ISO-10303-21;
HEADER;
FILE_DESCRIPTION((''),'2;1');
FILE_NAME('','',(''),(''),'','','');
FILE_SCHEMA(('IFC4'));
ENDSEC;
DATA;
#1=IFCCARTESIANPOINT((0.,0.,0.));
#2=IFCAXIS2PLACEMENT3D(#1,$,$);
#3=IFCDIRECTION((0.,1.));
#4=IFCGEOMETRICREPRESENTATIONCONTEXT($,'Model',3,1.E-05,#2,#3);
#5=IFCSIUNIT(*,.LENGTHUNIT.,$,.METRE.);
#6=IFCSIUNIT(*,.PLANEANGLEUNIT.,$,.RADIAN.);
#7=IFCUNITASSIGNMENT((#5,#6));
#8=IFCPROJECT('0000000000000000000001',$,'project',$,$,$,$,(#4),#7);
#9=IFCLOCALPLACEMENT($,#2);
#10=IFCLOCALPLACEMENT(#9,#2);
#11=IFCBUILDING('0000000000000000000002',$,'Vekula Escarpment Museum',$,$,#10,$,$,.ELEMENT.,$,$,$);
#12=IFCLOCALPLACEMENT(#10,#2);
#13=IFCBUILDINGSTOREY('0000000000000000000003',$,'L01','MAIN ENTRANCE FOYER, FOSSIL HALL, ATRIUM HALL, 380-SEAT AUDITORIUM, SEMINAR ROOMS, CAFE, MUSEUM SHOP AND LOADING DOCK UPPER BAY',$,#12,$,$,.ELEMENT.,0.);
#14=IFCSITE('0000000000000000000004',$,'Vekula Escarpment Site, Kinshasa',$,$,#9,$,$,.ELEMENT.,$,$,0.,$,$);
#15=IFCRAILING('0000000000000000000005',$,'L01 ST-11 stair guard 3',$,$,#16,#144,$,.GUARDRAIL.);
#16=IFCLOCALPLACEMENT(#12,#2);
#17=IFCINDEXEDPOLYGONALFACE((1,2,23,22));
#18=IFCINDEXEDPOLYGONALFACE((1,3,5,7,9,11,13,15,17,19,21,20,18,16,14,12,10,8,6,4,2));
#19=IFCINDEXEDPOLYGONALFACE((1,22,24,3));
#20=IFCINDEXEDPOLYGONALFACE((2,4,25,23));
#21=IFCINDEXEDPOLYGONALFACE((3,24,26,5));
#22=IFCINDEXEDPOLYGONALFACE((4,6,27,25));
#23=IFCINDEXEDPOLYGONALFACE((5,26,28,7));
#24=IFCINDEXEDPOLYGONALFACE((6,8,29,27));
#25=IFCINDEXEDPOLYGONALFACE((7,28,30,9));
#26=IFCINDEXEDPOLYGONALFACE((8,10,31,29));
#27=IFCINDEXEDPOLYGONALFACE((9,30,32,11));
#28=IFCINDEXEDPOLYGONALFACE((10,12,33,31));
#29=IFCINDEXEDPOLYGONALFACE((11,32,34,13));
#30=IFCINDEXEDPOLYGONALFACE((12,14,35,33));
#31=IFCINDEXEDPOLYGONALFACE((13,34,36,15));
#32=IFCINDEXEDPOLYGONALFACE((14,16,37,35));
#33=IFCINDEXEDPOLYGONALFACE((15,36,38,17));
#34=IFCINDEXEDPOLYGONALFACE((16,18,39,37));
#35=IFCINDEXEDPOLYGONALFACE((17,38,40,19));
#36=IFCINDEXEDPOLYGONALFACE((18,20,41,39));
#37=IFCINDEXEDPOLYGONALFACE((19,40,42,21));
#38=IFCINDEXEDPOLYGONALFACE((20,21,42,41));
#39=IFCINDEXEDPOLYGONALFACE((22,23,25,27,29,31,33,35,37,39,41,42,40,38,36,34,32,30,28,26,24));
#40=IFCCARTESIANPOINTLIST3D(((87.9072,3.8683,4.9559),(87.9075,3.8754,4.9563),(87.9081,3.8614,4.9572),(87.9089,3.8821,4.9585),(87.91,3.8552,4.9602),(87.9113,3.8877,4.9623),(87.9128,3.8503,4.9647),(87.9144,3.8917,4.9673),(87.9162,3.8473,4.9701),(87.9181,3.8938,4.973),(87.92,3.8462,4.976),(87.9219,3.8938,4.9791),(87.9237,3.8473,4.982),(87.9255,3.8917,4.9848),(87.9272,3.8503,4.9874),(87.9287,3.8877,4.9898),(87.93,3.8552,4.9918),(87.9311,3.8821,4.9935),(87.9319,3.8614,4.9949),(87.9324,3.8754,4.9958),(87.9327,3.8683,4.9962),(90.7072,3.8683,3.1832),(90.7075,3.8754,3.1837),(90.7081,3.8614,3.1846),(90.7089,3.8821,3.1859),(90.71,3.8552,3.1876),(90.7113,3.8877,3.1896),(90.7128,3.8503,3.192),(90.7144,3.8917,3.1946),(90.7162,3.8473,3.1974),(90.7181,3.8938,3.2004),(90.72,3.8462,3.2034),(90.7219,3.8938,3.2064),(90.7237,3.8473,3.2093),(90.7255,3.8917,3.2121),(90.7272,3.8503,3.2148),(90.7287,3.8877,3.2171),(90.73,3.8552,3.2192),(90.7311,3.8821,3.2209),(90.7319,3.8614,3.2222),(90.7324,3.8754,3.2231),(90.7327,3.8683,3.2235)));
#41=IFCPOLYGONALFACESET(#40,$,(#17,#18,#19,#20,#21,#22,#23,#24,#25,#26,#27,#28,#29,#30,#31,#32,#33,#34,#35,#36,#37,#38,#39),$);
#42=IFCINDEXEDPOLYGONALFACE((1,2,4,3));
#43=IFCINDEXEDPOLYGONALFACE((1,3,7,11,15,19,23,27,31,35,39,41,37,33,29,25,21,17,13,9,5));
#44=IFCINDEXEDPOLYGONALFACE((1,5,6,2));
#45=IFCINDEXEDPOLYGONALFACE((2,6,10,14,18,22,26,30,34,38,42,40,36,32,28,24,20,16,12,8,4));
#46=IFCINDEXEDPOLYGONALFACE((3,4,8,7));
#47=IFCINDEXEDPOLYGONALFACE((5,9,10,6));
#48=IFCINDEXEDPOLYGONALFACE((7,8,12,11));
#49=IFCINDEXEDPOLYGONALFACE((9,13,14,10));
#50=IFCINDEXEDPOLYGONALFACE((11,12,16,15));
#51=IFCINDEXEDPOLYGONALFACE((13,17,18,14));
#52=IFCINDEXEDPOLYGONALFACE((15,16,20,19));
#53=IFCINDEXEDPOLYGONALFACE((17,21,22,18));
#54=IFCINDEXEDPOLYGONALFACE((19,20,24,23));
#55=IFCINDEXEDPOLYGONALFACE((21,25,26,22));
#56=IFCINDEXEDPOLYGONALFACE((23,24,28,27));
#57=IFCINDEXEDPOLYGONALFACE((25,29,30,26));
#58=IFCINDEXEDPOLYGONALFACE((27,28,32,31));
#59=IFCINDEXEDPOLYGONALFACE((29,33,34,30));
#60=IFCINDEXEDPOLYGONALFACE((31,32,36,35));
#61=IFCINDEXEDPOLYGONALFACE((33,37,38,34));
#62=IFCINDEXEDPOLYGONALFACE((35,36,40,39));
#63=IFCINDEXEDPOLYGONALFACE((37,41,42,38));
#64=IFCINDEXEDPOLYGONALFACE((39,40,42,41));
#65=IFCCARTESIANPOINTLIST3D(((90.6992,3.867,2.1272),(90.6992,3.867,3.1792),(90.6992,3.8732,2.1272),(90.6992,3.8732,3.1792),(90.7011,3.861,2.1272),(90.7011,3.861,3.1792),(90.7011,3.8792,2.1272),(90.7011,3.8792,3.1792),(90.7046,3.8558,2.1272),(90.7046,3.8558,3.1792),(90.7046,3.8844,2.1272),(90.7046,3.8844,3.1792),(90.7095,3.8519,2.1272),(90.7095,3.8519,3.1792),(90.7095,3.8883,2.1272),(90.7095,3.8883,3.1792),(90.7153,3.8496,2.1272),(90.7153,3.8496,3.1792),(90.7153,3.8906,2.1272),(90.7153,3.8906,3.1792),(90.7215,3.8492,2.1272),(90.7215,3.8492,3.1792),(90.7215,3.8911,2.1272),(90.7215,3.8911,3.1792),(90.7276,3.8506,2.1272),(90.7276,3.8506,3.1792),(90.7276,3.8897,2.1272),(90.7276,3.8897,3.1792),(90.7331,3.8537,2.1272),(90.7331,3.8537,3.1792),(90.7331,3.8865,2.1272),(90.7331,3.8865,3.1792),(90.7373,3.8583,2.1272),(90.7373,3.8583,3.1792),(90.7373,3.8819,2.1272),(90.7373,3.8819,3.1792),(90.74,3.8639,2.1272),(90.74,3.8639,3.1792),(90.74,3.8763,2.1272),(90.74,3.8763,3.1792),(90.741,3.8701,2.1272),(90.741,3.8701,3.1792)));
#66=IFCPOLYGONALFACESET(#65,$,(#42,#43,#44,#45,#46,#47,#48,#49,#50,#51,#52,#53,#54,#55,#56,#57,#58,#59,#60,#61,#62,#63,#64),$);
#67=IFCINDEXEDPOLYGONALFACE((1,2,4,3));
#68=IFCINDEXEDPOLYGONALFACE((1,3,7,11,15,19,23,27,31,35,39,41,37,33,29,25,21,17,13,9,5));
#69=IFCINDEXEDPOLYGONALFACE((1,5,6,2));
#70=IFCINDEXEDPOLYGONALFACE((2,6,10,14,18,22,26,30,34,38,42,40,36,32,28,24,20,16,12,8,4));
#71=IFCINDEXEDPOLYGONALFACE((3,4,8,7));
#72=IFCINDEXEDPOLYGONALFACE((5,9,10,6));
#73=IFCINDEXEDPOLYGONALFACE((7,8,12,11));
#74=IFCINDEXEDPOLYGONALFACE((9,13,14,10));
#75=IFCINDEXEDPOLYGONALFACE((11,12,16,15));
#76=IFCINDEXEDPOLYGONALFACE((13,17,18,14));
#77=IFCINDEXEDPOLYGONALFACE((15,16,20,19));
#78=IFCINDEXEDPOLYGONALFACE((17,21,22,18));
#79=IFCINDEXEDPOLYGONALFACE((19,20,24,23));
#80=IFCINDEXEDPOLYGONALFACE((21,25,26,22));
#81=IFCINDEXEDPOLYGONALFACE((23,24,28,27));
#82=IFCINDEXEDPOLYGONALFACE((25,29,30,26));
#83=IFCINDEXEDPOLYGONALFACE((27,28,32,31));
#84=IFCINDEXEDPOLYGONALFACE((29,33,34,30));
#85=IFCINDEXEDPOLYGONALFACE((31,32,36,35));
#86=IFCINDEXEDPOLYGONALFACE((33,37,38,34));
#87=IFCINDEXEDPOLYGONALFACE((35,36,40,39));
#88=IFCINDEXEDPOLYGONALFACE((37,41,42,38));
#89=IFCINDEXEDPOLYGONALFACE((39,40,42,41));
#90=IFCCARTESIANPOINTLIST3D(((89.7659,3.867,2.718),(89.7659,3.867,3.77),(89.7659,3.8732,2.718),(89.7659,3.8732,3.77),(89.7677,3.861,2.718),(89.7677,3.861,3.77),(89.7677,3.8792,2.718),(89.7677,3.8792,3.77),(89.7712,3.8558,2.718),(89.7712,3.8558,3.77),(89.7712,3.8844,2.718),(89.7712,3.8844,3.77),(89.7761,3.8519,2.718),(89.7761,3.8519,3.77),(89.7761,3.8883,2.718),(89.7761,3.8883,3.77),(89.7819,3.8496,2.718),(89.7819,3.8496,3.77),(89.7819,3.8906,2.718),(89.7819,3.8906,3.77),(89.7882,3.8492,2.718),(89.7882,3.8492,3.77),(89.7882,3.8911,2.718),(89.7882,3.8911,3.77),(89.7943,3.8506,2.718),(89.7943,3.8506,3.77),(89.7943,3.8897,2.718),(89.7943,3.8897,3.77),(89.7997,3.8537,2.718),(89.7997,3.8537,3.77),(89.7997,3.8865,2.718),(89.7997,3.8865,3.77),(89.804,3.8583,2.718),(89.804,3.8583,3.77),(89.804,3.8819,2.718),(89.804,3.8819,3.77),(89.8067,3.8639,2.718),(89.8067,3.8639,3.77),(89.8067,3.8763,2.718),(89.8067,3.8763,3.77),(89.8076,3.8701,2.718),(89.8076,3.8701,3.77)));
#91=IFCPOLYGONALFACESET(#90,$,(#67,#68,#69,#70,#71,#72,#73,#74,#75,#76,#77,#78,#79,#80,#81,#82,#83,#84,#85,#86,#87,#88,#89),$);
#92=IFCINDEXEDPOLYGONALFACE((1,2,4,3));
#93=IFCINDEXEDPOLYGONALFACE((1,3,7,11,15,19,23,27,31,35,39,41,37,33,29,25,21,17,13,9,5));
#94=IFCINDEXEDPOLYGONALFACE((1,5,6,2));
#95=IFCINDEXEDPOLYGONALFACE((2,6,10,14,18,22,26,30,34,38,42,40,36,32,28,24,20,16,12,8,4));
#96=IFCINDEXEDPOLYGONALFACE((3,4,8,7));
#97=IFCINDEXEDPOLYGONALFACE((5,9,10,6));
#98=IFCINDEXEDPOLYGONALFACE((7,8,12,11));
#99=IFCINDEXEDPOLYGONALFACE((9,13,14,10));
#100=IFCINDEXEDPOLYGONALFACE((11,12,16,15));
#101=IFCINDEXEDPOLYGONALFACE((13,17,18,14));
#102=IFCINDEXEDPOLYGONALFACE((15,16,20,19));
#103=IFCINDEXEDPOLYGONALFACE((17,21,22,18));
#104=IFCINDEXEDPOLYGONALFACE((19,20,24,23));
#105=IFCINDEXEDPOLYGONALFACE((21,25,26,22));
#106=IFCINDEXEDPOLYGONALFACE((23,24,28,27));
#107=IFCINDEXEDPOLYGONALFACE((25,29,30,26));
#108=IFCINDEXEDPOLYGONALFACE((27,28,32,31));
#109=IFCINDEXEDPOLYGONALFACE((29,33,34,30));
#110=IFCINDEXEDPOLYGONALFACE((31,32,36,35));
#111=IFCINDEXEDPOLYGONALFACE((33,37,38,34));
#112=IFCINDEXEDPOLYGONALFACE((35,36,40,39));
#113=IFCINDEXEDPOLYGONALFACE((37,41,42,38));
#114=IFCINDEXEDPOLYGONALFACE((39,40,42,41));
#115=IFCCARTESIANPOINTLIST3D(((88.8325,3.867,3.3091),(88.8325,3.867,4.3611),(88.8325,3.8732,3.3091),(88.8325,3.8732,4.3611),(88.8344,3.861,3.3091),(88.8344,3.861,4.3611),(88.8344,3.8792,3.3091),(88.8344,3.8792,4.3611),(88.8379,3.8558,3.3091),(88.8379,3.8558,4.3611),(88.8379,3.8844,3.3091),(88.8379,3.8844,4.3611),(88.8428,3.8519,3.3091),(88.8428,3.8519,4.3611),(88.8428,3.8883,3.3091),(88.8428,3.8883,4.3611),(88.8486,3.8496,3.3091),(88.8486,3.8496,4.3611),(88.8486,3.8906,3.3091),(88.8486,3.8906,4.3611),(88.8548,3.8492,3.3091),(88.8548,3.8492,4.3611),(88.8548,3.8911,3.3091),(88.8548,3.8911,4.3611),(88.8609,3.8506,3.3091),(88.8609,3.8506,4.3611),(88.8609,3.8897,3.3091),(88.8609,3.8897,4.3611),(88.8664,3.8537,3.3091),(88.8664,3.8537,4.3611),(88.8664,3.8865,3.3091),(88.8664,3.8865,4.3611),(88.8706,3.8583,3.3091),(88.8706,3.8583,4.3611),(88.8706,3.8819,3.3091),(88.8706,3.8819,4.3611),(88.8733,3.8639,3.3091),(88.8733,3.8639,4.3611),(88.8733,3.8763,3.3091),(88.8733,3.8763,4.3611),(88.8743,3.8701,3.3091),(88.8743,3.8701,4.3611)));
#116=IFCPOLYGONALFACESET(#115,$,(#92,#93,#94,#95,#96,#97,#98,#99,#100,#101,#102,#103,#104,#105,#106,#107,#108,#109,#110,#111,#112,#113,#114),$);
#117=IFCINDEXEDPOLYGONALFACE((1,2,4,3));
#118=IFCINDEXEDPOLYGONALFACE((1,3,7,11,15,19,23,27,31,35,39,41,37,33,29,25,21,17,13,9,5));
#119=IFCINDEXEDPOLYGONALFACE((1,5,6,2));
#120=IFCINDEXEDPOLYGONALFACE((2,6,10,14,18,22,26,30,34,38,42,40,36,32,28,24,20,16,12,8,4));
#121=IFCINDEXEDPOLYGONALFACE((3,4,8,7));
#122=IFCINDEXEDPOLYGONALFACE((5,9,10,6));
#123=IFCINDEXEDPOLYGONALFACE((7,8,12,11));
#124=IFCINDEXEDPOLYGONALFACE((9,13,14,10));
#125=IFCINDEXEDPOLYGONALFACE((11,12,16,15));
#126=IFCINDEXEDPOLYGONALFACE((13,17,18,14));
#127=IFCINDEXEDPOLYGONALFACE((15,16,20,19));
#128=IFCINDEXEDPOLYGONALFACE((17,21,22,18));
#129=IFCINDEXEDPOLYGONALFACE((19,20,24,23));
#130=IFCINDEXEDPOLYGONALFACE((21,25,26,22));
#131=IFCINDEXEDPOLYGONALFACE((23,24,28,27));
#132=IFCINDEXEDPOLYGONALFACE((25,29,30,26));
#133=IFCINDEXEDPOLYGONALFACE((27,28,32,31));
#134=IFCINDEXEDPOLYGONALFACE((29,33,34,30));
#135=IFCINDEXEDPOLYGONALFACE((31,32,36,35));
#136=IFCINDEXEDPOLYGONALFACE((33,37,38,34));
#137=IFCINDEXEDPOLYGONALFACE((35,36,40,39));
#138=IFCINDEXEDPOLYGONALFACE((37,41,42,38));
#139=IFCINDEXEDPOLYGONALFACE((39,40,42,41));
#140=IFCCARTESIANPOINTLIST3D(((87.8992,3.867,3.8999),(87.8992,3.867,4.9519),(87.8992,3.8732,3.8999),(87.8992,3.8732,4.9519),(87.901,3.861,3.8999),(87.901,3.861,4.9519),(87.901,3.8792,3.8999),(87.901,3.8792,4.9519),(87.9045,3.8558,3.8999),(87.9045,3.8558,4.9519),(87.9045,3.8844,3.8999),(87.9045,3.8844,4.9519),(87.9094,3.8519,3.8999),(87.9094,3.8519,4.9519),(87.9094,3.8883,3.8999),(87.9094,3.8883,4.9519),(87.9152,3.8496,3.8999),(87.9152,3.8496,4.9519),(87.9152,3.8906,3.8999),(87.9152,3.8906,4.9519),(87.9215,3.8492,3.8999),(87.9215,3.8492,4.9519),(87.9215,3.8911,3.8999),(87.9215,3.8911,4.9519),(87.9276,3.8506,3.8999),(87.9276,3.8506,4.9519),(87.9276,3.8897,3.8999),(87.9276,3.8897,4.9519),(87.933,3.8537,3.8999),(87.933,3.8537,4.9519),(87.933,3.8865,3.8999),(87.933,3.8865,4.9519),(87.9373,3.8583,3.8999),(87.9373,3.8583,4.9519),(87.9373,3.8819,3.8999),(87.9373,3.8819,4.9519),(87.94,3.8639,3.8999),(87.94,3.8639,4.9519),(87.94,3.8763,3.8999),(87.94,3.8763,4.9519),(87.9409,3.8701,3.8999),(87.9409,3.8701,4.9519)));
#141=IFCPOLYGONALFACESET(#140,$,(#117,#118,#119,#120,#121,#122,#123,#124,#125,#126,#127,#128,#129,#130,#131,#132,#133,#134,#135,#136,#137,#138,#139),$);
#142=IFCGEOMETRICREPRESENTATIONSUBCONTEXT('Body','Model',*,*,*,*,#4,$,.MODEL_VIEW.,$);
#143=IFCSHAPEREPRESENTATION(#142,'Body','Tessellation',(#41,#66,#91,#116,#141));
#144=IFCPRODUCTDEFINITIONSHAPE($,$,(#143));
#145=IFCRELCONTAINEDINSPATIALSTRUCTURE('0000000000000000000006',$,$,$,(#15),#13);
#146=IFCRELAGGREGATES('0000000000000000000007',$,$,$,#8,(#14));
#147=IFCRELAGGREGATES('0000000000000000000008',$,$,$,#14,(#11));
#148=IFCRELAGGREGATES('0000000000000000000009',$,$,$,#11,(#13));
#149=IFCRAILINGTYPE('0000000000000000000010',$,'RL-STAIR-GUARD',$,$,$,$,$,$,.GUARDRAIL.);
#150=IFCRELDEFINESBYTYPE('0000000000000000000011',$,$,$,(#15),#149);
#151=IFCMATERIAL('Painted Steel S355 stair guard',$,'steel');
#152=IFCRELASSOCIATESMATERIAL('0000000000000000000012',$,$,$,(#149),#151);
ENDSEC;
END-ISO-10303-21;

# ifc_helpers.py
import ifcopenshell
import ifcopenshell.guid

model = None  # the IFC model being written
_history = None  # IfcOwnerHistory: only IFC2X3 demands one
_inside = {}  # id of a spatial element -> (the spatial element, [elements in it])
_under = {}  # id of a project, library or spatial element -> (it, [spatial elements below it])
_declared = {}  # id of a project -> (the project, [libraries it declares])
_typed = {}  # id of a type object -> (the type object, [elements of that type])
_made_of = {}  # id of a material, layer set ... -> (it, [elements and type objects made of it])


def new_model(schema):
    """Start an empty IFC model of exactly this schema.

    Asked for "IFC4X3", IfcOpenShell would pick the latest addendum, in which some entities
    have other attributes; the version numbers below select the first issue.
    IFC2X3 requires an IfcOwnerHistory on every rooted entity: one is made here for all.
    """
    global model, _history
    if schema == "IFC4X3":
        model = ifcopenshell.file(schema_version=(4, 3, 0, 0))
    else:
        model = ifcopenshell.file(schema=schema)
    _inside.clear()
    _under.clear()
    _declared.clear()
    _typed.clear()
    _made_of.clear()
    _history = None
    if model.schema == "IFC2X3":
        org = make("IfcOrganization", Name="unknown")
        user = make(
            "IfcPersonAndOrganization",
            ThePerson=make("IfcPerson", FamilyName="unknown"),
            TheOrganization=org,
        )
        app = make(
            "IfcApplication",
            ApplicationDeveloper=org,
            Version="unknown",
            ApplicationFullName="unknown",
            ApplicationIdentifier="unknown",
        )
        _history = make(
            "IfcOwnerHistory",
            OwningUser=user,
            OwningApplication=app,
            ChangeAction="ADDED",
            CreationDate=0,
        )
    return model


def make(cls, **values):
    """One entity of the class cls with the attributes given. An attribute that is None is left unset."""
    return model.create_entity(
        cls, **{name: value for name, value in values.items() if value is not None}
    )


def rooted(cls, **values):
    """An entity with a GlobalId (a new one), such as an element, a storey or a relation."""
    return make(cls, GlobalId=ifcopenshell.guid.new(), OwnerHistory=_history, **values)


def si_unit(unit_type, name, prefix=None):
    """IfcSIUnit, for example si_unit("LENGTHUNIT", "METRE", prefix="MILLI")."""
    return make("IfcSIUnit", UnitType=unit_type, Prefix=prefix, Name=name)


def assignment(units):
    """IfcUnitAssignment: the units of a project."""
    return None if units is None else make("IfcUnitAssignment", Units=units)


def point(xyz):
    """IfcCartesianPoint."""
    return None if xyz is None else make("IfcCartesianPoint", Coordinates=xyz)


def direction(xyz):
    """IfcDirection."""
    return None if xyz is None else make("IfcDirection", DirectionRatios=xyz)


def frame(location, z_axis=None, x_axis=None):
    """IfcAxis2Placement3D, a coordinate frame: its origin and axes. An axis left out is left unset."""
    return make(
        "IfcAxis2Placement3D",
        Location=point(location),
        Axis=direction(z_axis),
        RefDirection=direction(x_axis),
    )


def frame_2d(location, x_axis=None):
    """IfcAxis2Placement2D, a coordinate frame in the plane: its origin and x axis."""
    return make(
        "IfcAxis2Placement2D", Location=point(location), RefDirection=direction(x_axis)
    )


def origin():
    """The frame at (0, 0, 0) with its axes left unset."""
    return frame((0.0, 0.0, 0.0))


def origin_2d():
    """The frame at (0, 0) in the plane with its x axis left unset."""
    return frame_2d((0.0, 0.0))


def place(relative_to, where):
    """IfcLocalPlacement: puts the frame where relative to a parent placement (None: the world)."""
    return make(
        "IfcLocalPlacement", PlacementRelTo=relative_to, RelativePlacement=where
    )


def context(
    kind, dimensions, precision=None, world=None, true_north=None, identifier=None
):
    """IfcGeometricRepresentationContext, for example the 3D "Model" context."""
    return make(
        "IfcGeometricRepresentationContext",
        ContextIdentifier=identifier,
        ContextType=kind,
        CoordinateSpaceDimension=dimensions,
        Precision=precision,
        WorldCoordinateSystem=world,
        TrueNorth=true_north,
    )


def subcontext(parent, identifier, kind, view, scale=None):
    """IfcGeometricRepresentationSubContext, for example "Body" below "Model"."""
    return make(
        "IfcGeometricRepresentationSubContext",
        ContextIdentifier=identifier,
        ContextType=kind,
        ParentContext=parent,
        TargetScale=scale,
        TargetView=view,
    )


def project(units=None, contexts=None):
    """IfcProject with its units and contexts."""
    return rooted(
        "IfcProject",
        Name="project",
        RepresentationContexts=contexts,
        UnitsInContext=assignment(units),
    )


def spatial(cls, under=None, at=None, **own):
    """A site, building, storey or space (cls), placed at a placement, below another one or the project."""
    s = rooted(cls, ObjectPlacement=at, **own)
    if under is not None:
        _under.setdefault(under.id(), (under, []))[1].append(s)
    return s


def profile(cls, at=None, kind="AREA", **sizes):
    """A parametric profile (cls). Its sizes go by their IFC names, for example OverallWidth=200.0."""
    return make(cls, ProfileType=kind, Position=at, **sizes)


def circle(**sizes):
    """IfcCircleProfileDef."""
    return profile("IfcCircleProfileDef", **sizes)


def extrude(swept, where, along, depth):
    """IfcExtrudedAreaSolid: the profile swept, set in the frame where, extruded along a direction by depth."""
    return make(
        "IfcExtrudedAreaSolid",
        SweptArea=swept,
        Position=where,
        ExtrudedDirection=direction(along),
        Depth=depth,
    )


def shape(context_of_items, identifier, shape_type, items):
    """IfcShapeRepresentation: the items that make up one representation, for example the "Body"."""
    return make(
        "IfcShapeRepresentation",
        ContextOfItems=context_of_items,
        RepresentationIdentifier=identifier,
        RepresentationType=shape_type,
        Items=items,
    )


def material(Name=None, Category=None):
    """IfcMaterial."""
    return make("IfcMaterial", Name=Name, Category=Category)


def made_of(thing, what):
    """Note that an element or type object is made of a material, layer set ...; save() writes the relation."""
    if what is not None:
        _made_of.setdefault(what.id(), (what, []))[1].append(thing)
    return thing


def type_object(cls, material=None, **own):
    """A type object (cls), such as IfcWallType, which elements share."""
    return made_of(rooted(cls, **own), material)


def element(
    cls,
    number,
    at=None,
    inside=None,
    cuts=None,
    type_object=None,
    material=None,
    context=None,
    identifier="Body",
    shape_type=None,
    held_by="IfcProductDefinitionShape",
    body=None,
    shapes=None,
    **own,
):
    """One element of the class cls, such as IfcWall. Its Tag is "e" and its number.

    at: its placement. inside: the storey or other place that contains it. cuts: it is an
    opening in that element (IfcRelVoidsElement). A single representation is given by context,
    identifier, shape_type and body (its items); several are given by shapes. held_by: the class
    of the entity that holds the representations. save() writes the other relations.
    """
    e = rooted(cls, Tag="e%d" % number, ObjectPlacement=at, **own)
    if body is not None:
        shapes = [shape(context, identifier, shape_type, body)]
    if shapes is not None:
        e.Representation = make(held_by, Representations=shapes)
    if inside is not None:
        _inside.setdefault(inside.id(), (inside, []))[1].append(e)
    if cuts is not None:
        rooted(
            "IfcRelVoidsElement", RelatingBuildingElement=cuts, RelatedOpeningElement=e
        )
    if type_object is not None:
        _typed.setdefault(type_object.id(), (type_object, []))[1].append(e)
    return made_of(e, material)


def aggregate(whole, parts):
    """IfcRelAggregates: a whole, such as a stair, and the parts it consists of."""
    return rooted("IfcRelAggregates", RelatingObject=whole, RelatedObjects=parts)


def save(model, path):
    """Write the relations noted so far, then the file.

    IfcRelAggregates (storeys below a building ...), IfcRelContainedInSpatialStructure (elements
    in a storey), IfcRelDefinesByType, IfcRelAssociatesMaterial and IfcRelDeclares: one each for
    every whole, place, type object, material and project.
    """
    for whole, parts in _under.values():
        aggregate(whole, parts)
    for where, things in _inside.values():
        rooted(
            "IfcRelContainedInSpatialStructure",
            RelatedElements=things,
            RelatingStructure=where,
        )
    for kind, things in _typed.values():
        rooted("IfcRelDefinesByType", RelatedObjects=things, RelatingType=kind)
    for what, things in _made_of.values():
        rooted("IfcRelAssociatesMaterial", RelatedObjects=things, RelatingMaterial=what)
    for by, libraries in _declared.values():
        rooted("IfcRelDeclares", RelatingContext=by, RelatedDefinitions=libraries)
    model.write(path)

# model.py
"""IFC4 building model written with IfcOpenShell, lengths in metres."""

from ifc_helpers import new_model, si_unit, direction, frame, origin, origin_2d, place, context, subcontext, project, spatial, circle, extrude, material, type_object, element, save


model = new_model("IFC4")

# Units and contexts
model_context = context("Model", 3, precision=1e-05, world=origin(), true_north=direction((0.0, 1.0)))
body_context = subcontext(model_context, "Body", "Model", "MODEL_VIEW")
ifc_project = project(units=[si_unit("LENGTHUNIT", "METRE"), si_unit("PLANEANGLEUNIT", "RADIAN")], contexts=[model_context])

# Site, building, storey
site_placement = place(None, origin())
site = spatial("IfcSite", under=ifc_project, at=site_placement, Name="Vekula Escarpment Site, Kinshasa", CompositionType="ELEMENT", RefElevation=0.0)
building_placement = place(site_placement, origin())
building = spatial("IfcBuilding", under=site, at=building_placement, Name="Vekula Escarpment Museum", CompositionType="ELEMENT")
storey_placement = place(building_placement, origin())
storey = spatial("IfcBuildingStorey", under=building, at=storey_placement, Name="L01", Description="MAIN ENTRANCE FOYER, FOSSIL HALL, ATRIUM HALL, 380-SEAT AUDITORIUM, SEMINAR ROOMS, CAFE, MUSEUM SHOP AND LOADING DOCK UPPER BAY", CompositionType="ELEMENT", Elevation=0.0)

# Railing
ifc_material_1 = material(Name="Painted Steel S355 stair guard", Category="steel")
railing_type_1 = type_object("IfcRailingType", Name="RL-STAIR-GUARD", PredefinedType="GUARDRAIL", material=ifc_material_1)
railing_1_placement = place(storey_placement, frame((90.72, 3.8701, 2.1272)))
element("IfcRailing", 1, at=railing_1_placement, inside=storey, type_object=railing_type_1, Name="L01 ST-11 stair guard 3", PredefinedType="GUARDRAIL", context=body_context, shape_type="SweptSolid", body=[
    extrude(circle(Radius=0.0239, at=origin_2d()), frame((0.0, 0.0, 1.0762), z_axis=(-0.844909, 0.0, 0.53491), x_axis=(0.0, -1.0, 0.0)), (0.0, 0.0, 1.0), 3.314),
    extrude(circle(Radius=0.021, at=origin_2d()), origin(), (0.0, 0.0, 1.0), 1.052),
    extrude(circle(Radius=0.021, at=origin_2d()), frame((-0.9333, 0.0, 0.5908)), (0.0, 0.0, 1.0), 1.052),
    extrude(circle(Radius=0.021, at=origin_2d()), frame((-1.8667, 0.0, 1.1819)), (0.0, 0.0, 1.0), 1.052),
    extrude(circle(Radius=0.021, at=origin_2d()), frame((-2.8, 0.0, 1.7727)), (0.0, 0.0, 1.0), 1.052),
])

save(model, "model.ifc")
